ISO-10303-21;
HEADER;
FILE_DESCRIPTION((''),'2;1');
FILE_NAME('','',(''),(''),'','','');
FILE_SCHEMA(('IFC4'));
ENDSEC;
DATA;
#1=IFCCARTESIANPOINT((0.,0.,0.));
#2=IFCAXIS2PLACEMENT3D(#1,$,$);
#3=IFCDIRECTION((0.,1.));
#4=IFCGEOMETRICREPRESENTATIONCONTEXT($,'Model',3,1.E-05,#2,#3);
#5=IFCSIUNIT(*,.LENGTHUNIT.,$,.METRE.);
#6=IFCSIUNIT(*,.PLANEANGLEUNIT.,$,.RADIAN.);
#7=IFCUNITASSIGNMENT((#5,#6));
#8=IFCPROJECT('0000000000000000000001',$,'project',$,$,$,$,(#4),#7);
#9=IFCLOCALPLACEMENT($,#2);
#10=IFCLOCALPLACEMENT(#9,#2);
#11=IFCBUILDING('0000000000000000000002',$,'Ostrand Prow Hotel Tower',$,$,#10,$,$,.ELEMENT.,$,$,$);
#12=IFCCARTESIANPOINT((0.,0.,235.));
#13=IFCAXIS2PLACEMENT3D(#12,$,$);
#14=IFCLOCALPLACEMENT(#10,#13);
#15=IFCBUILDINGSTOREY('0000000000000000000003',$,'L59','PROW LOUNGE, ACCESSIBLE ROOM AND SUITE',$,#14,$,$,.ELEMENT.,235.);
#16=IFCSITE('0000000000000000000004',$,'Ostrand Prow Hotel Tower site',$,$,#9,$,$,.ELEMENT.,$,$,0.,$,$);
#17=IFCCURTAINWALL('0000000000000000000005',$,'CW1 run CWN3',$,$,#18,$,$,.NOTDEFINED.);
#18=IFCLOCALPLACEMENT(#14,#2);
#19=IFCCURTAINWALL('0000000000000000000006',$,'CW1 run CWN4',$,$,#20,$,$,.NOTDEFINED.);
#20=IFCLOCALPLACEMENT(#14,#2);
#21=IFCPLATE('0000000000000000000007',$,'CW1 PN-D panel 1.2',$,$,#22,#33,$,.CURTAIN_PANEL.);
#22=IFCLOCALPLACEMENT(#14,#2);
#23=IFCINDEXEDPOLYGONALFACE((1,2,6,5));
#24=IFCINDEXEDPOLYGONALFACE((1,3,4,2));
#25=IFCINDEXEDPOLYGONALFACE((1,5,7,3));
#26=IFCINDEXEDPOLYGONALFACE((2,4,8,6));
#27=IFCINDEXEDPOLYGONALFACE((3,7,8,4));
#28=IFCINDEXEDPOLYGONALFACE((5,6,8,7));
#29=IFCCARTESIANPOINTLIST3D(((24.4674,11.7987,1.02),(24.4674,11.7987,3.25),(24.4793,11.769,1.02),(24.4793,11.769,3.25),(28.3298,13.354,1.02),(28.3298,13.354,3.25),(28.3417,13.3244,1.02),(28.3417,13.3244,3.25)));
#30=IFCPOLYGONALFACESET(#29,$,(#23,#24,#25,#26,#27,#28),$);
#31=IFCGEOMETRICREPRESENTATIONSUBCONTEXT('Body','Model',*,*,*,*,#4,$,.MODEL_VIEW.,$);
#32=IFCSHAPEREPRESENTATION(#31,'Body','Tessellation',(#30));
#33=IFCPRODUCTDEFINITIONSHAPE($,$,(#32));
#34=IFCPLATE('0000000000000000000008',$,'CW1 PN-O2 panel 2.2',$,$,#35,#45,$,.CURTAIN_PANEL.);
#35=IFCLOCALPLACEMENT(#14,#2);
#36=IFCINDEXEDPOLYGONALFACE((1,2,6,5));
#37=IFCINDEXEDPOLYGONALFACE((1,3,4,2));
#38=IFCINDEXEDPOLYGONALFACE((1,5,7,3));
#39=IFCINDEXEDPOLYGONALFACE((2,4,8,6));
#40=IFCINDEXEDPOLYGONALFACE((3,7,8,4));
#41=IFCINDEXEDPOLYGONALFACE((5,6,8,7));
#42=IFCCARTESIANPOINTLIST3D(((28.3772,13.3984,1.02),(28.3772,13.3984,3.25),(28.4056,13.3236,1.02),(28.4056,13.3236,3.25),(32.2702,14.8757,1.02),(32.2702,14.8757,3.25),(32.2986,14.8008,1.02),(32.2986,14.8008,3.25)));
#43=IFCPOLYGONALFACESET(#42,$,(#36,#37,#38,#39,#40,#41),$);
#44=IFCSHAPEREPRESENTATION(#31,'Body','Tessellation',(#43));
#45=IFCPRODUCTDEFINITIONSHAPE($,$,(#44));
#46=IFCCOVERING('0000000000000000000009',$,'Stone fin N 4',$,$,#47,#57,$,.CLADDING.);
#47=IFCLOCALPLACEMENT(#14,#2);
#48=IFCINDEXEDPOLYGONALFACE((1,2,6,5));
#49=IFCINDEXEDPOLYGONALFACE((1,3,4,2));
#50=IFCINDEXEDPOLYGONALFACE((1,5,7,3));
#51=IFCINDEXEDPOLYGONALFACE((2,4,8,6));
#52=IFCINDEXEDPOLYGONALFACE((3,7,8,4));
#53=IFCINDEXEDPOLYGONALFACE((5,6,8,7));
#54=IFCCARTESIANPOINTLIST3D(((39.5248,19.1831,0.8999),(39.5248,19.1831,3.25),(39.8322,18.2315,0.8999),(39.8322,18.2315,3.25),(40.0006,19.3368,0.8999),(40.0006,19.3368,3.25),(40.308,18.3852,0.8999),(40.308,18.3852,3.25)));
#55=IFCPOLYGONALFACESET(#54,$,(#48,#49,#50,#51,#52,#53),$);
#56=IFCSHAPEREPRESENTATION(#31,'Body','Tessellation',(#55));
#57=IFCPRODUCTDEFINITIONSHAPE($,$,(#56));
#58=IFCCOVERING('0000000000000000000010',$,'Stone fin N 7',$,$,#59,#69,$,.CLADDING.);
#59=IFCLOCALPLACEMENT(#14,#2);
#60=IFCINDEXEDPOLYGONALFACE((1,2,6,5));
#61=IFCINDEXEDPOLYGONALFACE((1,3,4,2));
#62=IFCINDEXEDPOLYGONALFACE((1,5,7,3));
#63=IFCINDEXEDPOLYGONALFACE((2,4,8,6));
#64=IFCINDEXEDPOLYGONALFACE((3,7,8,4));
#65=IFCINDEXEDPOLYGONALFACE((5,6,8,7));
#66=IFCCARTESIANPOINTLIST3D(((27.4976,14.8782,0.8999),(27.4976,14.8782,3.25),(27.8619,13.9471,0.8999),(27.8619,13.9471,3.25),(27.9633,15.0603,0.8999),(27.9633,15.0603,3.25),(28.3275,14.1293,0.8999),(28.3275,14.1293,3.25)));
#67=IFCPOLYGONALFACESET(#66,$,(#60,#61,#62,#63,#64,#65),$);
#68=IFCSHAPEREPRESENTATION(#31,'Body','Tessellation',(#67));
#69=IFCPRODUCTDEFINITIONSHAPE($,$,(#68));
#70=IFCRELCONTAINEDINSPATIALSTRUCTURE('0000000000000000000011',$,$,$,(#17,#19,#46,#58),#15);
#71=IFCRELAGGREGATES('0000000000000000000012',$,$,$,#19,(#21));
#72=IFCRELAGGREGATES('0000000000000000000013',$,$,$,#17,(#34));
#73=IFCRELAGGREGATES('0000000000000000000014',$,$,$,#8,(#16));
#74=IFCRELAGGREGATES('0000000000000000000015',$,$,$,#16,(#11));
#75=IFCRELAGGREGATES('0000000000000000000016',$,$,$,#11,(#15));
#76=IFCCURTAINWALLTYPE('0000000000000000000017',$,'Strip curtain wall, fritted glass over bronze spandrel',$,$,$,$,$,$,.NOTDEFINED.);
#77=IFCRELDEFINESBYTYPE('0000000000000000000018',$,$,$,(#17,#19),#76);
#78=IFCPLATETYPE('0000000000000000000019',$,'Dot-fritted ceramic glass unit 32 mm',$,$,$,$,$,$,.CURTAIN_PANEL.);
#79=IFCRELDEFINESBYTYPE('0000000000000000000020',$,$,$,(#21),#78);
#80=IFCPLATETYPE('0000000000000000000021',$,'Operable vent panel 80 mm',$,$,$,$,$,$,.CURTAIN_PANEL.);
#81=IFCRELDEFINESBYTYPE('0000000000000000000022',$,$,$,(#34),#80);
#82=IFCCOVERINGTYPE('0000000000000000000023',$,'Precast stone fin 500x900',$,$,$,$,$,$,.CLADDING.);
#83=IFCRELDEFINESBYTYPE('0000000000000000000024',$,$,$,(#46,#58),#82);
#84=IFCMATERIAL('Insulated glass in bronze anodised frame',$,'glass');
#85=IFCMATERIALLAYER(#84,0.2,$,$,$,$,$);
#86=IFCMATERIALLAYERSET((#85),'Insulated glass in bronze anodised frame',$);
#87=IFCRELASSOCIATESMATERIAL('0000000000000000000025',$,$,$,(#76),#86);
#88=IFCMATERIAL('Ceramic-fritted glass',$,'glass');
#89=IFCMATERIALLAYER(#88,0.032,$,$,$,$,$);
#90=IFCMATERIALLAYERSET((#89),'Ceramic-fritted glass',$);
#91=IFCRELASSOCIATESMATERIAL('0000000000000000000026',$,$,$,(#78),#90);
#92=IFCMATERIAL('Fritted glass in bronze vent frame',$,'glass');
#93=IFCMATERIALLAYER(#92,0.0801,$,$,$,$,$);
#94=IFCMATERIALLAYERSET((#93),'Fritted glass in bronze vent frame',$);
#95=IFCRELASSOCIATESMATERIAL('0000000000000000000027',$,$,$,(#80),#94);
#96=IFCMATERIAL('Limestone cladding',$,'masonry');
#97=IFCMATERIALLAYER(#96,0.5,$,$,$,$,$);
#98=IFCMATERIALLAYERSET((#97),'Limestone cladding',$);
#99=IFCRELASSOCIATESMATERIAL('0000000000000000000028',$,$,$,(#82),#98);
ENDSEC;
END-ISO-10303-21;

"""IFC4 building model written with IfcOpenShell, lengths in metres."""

from ifc_helpers import new_model, si_unit, direction, frame, frame_2d, origin, origin_2d, place, context, subcontext, project, spatial, rectangle, extrude, material, layer, layer_set, type_object, element, aggregate, save


model = new_model("IFC4")

# Units and contexts
model_context = context("Model", 3, precision=1e-05, world=origin(), true_north=direction((0.0, 1.0)))
body_context = subcontext(model_context, "Body", "Model", "MODEL_VIEW")
ifc_project = project(units=[si_unit("LENGTHUNIT", "METRE"), si_unit("PLANEANGLEUNIT", "RADIAN")], contexts=[model_context])

# Site, building, storey
site_placement = place(None, origin())
site = spatial("IfcSite", under=ifc_project, at=site_placement, Name="Ostrand Prow Hotel Tower site", CompositionType="ELEMENT", RefElevation=0.0)
building_placement = place(site_placement, origin())
building = spatial("IfcBuilding", under=site, at=building_placement, Name="Ostrand Prow Hotel Tower", CompositionType="ELEMENT")
storey_placement = place(building_placement, frame((0.0, 0.0, 235.0)))
storey = spatial("IfcBuildingStorey", under=building, at=storey_placement, Name="L59", Description="PROW LOUNGE, ACCESSIBLE ROOM AND SUITE", CompositionType="ELEMENT", Elevation=235.0)

# Curtain wall
ifc_material_1 = material(Name="Insulated glass in bronze anodised frame", Category="glass")
ifc_layer_1 = layer(ifc_material_1, 0.2)
ifc_layer_set_1 = layer_set([ifc_layer_1], Name="Insulated glass in bronze anodised frame")
curtain_wall_type = type_object("IfcCurtainWallType", Name="Strip curtain wall, fritted glass over bronze spandrel", PredefinedType="NOTDEFINED", material=ifc_layer_set_1)
curtain_wall_1_placement = place(storey_placement, origin())
curtain_wall_1 = element("IfcCurtainWall", 1, at=curtain_wall_1_placement, inside=storey, type_object=curtain_wall_type, Name="CW1 run CWN3", PredefinedType="NOTDEFINED")

# Curtain wall
curtain_wall_2_placement = place(storey_placement, origin())
curtain_wall_2 = element("IfcCurtainWall", 2, at=curtain_wall_2_placement, inside=storey, type_object=curtain_wall_type, Name="CW1 run CWN4", PredefinedType="NOTDEFINED")

# Plates
ifc_material_2 = material(Name="Ceramic-fritted glass", Category="glass")
ifc_layer_2 = layer(ifc_material_2, 0.032)
ifc_layer_set_2 = layer_set([ifc_layer_2], Name="Ceramic-fritted glass")
plate_type_1 = type_object("IfcPlateType", Name="Dot-fritted ceramic glass unit 32 mm", PredefinedType="CURTAIN_PANEL", material=ifc_layer_set_2)
plate_1_placement = place(storey_placement, frame((26.4045, 12.5615, 1.02), z_axis=(0.0, 0.0, 1.0), x_axis=(-0.927617, -0.373533, 0.0)))
plate_1 = element("IfcPlate", 3, at=plate_1_placement, type_object=plate_type_1, Name="CW1 PN-D panel 1.2", PredefinedType="CURTAIN_PANEL", context=body_context, shape_type="SweptSolid", body=[
    extrude(rectangle(XDim=4.1638, YDim=0.032, at=origin_2d()), origin(), (0.0, 0.0, 1.0), 2.23),
])
aggregate(curtain_wall_2, [plate_1])
ifc_material_3 = material(Name="Fritted glass in bronze vent frame", Category="glass")
ifc_layer_3 = layer(ifc_material_3, 0.0801)
ifc_layer_set_3 = layer_set([ifc_layer_3], Name="Fritted glass in bronze vent frame")
plate_type_2 = type_object("IfcPlateType", Name="Operable vent panel 80 mm", PredefinedType="CURTAIN_PANEL", material=ifc_layer_set_3)
plate_2_placement = place(storey_placement, frame((30.3379, 14.0996, 1.02), z_axis=(0.0, 0.0, 1.0), x_axis=(-0.934951, -0.354777, 0.0)))
plate_2 = element("IfcPlate", 4, at=plate_2_placement, type_object=plate_type_2, Name="CW1 PN-O2 panel 2.2", PredefinedType="CURTAIN_PANEL", context=body_context, shape_type="SweptSolid", body=[
    extrude(rectangle(XDim=4.1638, YDim=0.0801, at=origin_2d()), origin(), (0.0, 0.0, 1.0), 2.23),
])
aggregate(curtain_wall_1, [plate_2])

# Coverings
ifc_material_4 = material(Name="Limestone cladding", Category="masonry")
ifc_layer_4 = layer(ifc_material_4, 0.5)
ifc_layer_set_4 = layer_set([ifc_layer_4], Name="Limestone cladding")
covering_type = type_object("IfcCoveringType", Name="Precast stone fin 500x900", PredefinedType="CLADDING", material=ifc_layer_set_4)
covering_1_placement = place(storey_placement, frame((40.0701, 18.3083, 0.8999), z_axis=(0.0, 0.0, 1.0), x_axis=(-0.307352, 0.951596, 0.0)))
element("IfcCovering", 5, at=covering_1_placement, inside=storey, type_object=covering_type, Name="Stone fin N 4", PredefinedType="CLADDING", context=body_context, shape_type="SweptSolid", body=[
    extrude(rectangle(XDim=1.0, YDim=0.5, at=frame_2d((0.5, 0.0))), origin(), (0.0, 0.0, 1.0), 2.3501),
])
covering_2_placement = place(storey_placement, frame((28.0947, 14.0381, 0.8999), z_axis=(0.0, 0.0, 1.0), x_axis=(-0.364307, 0.931279, 0.0)))
element("IfcCovering", 6, at=covering_2_placement, inside=storey, type_object=covering_type, Name="Stone fin N 7", PredefinedType="CLADDING", context=body_context, shape_type="SweptSolid", body=[
    extrude(rectangle(XDim=0.9998, YDim=0.5, at=frame_2d((0.5, 0.0))), origin(), (0.0, 0.0, 1.0), 2.3501),
])

save(model, "model.ifc")
